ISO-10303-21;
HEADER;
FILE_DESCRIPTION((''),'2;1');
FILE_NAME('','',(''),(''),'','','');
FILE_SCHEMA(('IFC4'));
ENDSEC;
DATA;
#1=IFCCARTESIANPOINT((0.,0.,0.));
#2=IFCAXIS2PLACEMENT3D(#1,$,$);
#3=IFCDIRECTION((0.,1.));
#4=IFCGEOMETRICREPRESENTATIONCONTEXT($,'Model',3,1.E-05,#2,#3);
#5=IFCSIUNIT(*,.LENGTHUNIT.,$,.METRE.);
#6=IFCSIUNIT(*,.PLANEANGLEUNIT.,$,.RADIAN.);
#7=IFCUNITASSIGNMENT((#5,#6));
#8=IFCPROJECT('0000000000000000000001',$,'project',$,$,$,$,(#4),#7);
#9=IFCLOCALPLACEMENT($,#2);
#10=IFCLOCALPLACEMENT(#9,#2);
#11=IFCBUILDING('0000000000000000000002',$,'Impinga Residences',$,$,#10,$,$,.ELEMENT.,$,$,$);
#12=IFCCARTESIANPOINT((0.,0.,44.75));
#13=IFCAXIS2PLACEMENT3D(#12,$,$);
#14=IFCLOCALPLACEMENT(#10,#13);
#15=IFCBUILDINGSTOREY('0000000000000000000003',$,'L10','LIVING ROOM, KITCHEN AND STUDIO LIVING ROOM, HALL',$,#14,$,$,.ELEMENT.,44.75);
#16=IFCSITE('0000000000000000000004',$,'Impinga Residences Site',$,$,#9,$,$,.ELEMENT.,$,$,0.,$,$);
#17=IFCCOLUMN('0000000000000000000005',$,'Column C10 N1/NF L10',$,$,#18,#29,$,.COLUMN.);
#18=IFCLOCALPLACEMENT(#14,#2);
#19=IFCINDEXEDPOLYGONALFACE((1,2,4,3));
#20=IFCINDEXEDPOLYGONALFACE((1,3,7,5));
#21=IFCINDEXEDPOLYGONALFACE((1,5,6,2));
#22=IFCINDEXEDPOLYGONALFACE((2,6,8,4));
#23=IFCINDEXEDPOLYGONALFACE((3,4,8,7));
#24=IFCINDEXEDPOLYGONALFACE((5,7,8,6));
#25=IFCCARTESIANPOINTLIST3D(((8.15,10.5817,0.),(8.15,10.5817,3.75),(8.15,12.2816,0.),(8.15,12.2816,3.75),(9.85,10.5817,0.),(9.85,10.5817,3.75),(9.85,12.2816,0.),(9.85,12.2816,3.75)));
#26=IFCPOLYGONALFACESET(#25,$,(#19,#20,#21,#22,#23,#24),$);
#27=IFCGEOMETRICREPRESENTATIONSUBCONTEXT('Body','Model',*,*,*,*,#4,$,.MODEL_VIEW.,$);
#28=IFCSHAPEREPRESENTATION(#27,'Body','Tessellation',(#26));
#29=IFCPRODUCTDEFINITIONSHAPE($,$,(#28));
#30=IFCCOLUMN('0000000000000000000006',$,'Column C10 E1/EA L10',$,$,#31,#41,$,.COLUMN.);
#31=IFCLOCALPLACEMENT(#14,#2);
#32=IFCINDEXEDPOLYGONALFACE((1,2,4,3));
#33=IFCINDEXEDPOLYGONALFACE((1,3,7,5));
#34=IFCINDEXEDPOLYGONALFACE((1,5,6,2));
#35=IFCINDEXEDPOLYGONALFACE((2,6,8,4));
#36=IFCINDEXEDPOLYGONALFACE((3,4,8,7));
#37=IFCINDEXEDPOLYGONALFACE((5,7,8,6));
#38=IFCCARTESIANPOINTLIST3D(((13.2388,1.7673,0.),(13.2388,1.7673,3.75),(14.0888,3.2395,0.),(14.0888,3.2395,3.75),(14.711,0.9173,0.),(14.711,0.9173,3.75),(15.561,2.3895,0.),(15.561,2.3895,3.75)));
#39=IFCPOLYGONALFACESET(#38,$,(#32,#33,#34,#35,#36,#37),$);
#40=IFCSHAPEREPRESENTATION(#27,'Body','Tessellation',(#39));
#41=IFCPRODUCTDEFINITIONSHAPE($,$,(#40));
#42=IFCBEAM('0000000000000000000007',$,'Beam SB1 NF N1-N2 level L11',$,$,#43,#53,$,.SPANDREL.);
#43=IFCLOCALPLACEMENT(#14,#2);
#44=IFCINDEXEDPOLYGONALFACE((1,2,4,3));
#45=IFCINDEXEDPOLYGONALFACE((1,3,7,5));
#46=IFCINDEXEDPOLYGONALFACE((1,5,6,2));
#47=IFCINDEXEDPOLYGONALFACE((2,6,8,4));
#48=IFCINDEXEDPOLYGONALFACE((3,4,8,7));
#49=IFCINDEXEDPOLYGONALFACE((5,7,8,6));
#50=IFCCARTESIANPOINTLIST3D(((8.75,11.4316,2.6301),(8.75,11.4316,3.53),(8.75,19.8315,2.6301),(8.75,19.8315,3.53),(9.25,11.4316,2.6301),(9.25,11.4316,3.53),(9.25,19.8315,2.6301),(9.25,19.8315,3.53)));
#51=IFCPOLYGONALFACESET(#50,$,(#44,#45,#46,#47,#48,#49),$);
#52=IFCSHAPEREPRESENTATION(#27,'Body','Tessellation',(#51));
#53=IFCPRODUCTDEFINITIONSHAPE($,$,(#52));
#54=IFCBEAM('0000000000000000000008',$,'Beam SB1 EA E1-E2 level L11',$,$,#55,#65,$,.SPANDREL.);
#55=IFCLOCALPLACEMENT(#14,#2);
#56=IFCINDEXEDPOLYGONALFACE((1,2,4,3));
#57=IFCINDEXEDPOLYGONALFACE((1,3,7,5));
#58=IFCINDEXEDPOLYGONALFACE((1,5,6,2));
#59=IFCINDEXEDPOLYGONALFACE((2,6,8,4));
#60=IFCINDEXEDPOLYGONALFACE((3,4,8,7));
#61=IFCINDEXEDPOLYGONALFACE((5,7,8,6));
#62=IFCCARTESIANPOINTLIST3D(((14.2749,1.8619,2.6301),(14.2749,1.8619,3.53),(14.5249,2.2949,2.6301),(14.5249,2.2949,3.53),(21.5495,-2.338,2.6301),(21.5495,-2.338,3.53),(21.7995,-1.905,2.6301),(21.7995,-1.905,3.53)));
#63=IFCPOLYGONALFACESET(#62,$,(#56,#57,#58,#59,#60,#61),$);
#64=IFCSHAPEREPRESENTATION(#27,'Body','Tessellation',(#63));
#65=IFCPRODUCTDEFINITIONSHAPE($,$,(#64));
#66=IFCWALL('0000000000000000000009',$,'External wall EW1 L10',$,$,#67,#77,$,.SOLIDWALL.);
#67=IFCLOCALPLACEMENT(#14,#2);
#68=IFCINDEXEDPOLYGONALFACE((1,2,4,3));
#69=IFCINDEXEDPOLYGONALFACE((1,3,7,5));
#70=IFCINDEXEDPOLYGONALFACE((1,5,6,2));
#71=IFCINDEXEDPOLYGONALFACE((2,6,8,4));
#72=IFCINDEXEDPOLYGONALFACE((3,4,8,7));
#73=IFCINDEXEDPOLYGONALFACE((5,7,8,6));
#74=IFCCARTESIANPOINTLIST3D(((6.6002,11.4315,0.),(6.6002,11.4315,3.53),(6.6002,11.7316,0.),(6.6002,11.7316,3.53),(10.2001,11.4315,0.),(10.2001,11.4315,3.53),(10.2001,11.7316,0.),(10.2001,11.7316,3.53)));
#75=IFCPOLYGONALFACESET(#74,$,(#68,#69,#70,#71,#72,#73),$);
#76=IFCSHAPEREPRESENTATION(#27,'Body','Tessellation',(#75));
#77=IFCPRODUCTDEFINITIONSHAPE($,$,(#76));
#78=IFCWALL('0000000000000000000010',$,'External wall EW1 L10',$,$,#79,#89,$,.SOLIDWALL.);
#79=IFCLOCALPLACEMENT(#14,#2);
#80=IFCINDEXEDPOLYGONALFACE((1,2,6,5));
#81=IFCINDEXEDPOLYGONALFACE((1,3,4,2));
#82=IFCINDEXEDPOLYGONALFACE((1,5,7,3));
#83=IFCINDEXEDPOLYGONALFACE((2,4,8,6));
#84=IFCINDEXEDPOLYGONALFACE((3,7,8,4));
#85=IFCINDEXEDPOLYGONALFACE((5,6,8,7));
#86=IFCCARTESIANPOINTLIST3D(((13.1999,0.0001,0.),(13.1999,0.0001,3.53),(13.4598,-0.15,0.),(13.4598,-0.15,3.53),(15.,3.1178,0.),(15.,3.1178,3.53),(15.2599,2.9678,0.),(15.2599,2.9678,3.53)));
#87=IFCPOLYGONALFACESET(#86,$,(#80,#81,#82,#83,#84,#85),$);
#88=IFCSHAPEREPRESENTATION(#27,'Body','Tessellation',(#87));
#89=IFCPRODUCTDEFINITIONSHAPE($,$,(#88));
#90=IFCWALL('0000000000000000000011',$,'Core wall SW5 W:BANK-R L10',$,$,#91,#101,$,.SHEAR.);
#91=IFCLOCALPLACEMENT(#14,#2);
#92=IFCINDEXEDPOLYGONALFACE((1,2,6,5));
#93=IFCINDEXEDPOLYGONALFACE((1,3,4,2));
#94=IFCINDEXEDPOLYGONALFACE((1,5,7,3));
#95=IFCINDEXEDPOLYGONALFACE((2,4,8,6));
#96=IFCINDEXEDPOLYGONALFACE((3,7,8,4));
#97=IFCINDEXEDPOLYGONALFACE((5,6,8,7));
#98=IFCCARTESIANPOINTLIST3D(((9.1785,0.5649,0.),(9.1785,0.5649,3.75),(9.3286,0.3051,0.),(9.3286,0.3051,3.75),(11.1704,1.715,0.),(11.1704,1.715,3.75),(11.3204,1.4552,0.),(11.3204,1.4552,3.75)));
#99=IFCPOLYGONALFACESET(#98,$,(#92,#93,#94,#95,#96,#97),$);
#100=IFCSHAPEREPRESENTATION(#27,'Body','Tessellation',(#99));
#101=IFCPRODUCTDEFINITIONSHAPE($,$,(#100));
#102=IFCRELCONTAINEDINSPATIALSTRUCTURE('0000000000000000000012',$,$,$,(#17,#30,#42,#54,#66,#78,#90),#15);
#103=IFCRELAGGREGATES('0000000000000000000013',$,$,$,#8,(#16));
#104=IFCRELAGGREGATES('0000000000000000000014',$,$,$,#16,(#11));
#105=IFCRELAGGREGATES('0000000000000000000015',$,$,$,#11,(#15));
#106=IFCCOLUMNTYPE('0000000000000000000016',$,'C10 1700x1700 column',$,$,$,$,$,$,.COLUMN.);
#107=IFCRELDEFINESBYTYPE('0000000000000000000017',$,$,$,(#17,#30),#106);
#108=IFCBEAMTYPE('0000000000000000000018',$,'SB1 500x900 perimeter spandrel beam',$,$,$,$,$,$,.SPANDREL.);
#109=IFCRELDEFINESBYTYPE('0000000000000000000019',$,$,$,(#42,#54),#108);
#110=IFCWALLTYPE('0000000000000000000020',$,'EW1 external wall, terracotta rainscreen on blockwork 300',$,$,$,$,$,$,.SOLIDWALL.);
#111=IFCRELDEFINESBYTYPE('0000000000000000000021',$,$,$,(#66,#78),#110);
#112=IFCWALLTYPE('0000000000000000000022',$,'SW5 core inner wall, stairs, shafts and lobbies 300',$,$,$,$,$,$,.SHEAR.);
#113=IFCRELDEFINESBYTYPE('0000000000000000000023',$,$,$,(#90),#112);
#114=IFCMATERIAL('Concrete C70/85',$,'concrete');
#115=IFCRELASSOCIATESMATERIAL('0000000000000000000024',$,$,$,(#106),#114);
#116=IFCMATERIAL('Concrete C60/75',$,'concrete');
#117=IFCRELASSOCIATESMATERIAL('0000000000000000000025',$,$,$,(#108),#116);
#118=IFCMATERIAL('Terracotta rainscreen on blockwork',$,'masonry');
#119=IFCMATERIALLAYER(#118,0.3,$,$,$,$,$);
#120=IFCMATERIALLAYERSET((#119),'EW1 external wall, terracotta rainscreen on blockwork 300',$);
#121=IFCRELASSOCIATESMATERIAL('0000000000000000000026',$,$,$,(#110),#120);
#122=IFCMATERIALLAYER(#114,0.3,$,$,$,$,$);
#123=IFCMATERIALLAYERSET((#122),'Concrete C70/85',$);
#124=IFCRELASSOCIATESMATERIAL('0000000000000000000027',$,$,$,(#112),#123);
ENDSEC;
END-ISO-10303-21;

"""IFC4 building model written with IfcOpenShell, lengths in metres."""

from ifc_helpers import new_model, si_unit, direction, frame, frame_2d, origin, origin_2d, place, context, subcontext, project, spatial, rectangle, extrude, material, layer, layer_set, material_profile, profile_set, type_object, element, save


model = new_model("IFC4")

# Units and contexts
model_context = context("Model", 3, precision=1e-05, world=origin(), true_north=direction((0.0, 1.0)))
body_context = subcontext(model_context, "Body", "Model", "MODEL_VIEW")
ifc_project = project(units=[si_unit("LENGTHUNIT", "METRE"), si_unit("PLANEANGLEUNIT", "RADIAN")], contexts=[model_context])

# Site, building, storey
site_placement = place(None, origin())
site = spatial("IfcSite", under=ifc_project, at=site_placement, Name="Impinga Residences Site", CompositionType="ELEMENT", RefElevation=0.0)
building_placement = place(site_placement, origin())
building = spatial("IfcBuilding", under=site, at=building_placement, Name="Impinga Residences", CompositionType="ELEMENT")
storey_placement = place(building_placement, frame((0.0, 0.0, 44.75)))
storey = spatial("IfcBuildingStorey", under=building, at=storey_placement, Name="L10", Description="LIVING ROOM, KITCHEN AND STUDIO LIVING ROOM, HALL", CompositionType="ELEMENT", Elevation=44.75)

# Columns
ifc_material_1 = material(Name="Concrete C70/85", Category="concrete")
ifc_material_profile_1 = material_profile(ifc_material_1, rectangle(XDim=1.7, YDim=1.7, at=origin_2d()), Name="RC 1700x1700")
ifc_profile_set_1 = profile_set([ifc_material_profile_1], Name="Concrete C70/85")
column_type = type_object("IfcColumnType", Name="C10 1700x1700 column", PredefinedType="COLUMN", material=ifc_profile_set_1)
for number, where, z_axis, x_axis, name in (
    (1, (9.0, 11.4316, 0.0), (0.0, 0.0, 1.0), (1.0, 0.0, 0.0), "Column C10 N1/NF L10"),
    (2, (14.3999, 2.0784, 0.0), (0.0, 0.0, 1.0), (-0.5, -0.866025, 0.0), "Column C10 E1/EA L10"),
):
    element("IfcColumn", number, at=place(storey_placement, frame(where, z_axis=z_axis, x_axis=x_axis)), inside=storey, type_object=column_type, Name=name, PredefinedType="COLUMN", context=body_context, shape_type="SweptSolid", body=[
        extrude(rectangle(XDim=1.7, YDim=1.7, at=origin_2d()), origin(), (0.0, 0.0, 1.0), 3.75),
    ])

# Beams
ifc_material_2 = material(Name="Concrete C60/75", Category="concrete")
ifc_material_profile_2 = material_profile(ifc_material_2, rectangle(XDim=0.5, YDim=0.8999, at=origin_2d()), Name="RC 500x900")
ifc_profile_set_2 = profile_set([ifc_material_profile_2], Name="Concrete C60/75")
beam_type = type_object("IfcBeamType", Name="SB1 500x900 perimeter spandrel beam", PredefinedType="SPANDREL", material=ifc_profile_set_2)
for number, where, z_axis, x_axis, name in (
    (3, (9.0, 11.4316, 3.0801), (0.0, 1.0, 0.0), (-1.0, 0.0, 0.0), "Beam SB1 NF N1-N2 level L11"),
    (4, (14.3999, 2.0784, 3.0801), (0.866029, -0.499993, 0.0), (0.499993, 0.866029, 0.0), "Beam SB1 EA E1-E2 level L11"),
):
    element("IfcBeam", number, at=place(storey_placement, frame(where, z_axis=z_axis, x_axis=x_axis)), inside=storey, type_object=beam_type, Name=name, PredefinedType="SPANDREL", context=body_context, shape_type="SweptSolid", body=[
        extrude(rectangle(XDim=0.5, YDim=0.8999, at=origin_2d()), origin(), (0.0, 0.0, 1.0), 8.3999),
    ])

# Walls
ifc_material_3 = material(Name="Terracotta rainscreen on blockwork", Category="masonry")
ifc_layer_1 = layer(ifc_material_3, 0.3)
ifc_layer_set_1 = layer_set([ifc_layer_1], Name="EW1 external wall, terracotta rainscreen on blockwork 300")
wall_type_1 = type_object("IfcWallType", Name="EW1 external wall, terracotta rainscreen on blockwork 300", PredefinedType="SOLIDWALL", material=ifc_layer_set_1)
wall_1_placement = place(storey_placement, frame((10.2, 11.5815, 0.0), z_axis=(0.0, 0.0, 1.0), x_axis=(-1.0, 0.0, 0.0)))
element("IfcWall", 5, at=wall_1_placement, inside=storey, type_object=wall_type_1, Name="External wall EW1 L10", PredefinedType="SOLIDWALL", context=body_context, shape_type="SweptSolid", body=[
    extrude(rectangle(XDim=3.5999, YDim=0.3, at=frame_2d((1.7998, 0.0))), origin(), (0.0, 0.0, 1.0), 3.53),
])
wall_2_placement = place(storey_placement, frame((13.3298, -0.075, 0.0), z_axis=(0.0, 0.0, 1.0), x_axis=(0.500012, 0.866018, 0.0)))
element("IfcWall", 6, at=wall_2_placement, inside=storey, type_object=wall_type_1, Name="External wall EW1 L10", PredefinedType="SOLIDWALL", context=body_context, shape_type="SweptSolid", body=[
    extrude(rectangle(XDim=3.6001, YDim=0.3, at=frame_2d((1.8, 0.0))), origin(), (0.0, 0.0, 1.0), 3.53),
])
ifc_layer_2 = layer(ifc_material_1, 0.3)
ifc_layer_set_2 = layer_set([ifc_layer_2], Name="Concrete C70/85")
wall_type_2 = type_object("IfcWallType", Name="SW5 core inner wall, stairs, shafts and lobbies 300", PredefinedType="SHEAR", material=ifc_layer_set_2)
wall_3_placement = place(storey_placement, frame((9.2537, 0.4351, 0.0), z_axis=(0.0, 0.0, 1.0), x_axis=(0.866007, 0.500032, 0.0)))
element("IfcWall", 7, at=wall_3_placement, inside=storey, type_object=wall_type_2, Name="Core wall SW5 W:BANK-R L10", PredefinedType="SHEAR", context=body_context, shape_type="SweptSolid", body=[
    extrude(rectangle(XDim=2.3, YDim=0.3, at=frame_2d((1.1499, 0.0))), origin(), (0.0, 0.0, 1.0), 3.75),
])

save(model, "model.ifc")
